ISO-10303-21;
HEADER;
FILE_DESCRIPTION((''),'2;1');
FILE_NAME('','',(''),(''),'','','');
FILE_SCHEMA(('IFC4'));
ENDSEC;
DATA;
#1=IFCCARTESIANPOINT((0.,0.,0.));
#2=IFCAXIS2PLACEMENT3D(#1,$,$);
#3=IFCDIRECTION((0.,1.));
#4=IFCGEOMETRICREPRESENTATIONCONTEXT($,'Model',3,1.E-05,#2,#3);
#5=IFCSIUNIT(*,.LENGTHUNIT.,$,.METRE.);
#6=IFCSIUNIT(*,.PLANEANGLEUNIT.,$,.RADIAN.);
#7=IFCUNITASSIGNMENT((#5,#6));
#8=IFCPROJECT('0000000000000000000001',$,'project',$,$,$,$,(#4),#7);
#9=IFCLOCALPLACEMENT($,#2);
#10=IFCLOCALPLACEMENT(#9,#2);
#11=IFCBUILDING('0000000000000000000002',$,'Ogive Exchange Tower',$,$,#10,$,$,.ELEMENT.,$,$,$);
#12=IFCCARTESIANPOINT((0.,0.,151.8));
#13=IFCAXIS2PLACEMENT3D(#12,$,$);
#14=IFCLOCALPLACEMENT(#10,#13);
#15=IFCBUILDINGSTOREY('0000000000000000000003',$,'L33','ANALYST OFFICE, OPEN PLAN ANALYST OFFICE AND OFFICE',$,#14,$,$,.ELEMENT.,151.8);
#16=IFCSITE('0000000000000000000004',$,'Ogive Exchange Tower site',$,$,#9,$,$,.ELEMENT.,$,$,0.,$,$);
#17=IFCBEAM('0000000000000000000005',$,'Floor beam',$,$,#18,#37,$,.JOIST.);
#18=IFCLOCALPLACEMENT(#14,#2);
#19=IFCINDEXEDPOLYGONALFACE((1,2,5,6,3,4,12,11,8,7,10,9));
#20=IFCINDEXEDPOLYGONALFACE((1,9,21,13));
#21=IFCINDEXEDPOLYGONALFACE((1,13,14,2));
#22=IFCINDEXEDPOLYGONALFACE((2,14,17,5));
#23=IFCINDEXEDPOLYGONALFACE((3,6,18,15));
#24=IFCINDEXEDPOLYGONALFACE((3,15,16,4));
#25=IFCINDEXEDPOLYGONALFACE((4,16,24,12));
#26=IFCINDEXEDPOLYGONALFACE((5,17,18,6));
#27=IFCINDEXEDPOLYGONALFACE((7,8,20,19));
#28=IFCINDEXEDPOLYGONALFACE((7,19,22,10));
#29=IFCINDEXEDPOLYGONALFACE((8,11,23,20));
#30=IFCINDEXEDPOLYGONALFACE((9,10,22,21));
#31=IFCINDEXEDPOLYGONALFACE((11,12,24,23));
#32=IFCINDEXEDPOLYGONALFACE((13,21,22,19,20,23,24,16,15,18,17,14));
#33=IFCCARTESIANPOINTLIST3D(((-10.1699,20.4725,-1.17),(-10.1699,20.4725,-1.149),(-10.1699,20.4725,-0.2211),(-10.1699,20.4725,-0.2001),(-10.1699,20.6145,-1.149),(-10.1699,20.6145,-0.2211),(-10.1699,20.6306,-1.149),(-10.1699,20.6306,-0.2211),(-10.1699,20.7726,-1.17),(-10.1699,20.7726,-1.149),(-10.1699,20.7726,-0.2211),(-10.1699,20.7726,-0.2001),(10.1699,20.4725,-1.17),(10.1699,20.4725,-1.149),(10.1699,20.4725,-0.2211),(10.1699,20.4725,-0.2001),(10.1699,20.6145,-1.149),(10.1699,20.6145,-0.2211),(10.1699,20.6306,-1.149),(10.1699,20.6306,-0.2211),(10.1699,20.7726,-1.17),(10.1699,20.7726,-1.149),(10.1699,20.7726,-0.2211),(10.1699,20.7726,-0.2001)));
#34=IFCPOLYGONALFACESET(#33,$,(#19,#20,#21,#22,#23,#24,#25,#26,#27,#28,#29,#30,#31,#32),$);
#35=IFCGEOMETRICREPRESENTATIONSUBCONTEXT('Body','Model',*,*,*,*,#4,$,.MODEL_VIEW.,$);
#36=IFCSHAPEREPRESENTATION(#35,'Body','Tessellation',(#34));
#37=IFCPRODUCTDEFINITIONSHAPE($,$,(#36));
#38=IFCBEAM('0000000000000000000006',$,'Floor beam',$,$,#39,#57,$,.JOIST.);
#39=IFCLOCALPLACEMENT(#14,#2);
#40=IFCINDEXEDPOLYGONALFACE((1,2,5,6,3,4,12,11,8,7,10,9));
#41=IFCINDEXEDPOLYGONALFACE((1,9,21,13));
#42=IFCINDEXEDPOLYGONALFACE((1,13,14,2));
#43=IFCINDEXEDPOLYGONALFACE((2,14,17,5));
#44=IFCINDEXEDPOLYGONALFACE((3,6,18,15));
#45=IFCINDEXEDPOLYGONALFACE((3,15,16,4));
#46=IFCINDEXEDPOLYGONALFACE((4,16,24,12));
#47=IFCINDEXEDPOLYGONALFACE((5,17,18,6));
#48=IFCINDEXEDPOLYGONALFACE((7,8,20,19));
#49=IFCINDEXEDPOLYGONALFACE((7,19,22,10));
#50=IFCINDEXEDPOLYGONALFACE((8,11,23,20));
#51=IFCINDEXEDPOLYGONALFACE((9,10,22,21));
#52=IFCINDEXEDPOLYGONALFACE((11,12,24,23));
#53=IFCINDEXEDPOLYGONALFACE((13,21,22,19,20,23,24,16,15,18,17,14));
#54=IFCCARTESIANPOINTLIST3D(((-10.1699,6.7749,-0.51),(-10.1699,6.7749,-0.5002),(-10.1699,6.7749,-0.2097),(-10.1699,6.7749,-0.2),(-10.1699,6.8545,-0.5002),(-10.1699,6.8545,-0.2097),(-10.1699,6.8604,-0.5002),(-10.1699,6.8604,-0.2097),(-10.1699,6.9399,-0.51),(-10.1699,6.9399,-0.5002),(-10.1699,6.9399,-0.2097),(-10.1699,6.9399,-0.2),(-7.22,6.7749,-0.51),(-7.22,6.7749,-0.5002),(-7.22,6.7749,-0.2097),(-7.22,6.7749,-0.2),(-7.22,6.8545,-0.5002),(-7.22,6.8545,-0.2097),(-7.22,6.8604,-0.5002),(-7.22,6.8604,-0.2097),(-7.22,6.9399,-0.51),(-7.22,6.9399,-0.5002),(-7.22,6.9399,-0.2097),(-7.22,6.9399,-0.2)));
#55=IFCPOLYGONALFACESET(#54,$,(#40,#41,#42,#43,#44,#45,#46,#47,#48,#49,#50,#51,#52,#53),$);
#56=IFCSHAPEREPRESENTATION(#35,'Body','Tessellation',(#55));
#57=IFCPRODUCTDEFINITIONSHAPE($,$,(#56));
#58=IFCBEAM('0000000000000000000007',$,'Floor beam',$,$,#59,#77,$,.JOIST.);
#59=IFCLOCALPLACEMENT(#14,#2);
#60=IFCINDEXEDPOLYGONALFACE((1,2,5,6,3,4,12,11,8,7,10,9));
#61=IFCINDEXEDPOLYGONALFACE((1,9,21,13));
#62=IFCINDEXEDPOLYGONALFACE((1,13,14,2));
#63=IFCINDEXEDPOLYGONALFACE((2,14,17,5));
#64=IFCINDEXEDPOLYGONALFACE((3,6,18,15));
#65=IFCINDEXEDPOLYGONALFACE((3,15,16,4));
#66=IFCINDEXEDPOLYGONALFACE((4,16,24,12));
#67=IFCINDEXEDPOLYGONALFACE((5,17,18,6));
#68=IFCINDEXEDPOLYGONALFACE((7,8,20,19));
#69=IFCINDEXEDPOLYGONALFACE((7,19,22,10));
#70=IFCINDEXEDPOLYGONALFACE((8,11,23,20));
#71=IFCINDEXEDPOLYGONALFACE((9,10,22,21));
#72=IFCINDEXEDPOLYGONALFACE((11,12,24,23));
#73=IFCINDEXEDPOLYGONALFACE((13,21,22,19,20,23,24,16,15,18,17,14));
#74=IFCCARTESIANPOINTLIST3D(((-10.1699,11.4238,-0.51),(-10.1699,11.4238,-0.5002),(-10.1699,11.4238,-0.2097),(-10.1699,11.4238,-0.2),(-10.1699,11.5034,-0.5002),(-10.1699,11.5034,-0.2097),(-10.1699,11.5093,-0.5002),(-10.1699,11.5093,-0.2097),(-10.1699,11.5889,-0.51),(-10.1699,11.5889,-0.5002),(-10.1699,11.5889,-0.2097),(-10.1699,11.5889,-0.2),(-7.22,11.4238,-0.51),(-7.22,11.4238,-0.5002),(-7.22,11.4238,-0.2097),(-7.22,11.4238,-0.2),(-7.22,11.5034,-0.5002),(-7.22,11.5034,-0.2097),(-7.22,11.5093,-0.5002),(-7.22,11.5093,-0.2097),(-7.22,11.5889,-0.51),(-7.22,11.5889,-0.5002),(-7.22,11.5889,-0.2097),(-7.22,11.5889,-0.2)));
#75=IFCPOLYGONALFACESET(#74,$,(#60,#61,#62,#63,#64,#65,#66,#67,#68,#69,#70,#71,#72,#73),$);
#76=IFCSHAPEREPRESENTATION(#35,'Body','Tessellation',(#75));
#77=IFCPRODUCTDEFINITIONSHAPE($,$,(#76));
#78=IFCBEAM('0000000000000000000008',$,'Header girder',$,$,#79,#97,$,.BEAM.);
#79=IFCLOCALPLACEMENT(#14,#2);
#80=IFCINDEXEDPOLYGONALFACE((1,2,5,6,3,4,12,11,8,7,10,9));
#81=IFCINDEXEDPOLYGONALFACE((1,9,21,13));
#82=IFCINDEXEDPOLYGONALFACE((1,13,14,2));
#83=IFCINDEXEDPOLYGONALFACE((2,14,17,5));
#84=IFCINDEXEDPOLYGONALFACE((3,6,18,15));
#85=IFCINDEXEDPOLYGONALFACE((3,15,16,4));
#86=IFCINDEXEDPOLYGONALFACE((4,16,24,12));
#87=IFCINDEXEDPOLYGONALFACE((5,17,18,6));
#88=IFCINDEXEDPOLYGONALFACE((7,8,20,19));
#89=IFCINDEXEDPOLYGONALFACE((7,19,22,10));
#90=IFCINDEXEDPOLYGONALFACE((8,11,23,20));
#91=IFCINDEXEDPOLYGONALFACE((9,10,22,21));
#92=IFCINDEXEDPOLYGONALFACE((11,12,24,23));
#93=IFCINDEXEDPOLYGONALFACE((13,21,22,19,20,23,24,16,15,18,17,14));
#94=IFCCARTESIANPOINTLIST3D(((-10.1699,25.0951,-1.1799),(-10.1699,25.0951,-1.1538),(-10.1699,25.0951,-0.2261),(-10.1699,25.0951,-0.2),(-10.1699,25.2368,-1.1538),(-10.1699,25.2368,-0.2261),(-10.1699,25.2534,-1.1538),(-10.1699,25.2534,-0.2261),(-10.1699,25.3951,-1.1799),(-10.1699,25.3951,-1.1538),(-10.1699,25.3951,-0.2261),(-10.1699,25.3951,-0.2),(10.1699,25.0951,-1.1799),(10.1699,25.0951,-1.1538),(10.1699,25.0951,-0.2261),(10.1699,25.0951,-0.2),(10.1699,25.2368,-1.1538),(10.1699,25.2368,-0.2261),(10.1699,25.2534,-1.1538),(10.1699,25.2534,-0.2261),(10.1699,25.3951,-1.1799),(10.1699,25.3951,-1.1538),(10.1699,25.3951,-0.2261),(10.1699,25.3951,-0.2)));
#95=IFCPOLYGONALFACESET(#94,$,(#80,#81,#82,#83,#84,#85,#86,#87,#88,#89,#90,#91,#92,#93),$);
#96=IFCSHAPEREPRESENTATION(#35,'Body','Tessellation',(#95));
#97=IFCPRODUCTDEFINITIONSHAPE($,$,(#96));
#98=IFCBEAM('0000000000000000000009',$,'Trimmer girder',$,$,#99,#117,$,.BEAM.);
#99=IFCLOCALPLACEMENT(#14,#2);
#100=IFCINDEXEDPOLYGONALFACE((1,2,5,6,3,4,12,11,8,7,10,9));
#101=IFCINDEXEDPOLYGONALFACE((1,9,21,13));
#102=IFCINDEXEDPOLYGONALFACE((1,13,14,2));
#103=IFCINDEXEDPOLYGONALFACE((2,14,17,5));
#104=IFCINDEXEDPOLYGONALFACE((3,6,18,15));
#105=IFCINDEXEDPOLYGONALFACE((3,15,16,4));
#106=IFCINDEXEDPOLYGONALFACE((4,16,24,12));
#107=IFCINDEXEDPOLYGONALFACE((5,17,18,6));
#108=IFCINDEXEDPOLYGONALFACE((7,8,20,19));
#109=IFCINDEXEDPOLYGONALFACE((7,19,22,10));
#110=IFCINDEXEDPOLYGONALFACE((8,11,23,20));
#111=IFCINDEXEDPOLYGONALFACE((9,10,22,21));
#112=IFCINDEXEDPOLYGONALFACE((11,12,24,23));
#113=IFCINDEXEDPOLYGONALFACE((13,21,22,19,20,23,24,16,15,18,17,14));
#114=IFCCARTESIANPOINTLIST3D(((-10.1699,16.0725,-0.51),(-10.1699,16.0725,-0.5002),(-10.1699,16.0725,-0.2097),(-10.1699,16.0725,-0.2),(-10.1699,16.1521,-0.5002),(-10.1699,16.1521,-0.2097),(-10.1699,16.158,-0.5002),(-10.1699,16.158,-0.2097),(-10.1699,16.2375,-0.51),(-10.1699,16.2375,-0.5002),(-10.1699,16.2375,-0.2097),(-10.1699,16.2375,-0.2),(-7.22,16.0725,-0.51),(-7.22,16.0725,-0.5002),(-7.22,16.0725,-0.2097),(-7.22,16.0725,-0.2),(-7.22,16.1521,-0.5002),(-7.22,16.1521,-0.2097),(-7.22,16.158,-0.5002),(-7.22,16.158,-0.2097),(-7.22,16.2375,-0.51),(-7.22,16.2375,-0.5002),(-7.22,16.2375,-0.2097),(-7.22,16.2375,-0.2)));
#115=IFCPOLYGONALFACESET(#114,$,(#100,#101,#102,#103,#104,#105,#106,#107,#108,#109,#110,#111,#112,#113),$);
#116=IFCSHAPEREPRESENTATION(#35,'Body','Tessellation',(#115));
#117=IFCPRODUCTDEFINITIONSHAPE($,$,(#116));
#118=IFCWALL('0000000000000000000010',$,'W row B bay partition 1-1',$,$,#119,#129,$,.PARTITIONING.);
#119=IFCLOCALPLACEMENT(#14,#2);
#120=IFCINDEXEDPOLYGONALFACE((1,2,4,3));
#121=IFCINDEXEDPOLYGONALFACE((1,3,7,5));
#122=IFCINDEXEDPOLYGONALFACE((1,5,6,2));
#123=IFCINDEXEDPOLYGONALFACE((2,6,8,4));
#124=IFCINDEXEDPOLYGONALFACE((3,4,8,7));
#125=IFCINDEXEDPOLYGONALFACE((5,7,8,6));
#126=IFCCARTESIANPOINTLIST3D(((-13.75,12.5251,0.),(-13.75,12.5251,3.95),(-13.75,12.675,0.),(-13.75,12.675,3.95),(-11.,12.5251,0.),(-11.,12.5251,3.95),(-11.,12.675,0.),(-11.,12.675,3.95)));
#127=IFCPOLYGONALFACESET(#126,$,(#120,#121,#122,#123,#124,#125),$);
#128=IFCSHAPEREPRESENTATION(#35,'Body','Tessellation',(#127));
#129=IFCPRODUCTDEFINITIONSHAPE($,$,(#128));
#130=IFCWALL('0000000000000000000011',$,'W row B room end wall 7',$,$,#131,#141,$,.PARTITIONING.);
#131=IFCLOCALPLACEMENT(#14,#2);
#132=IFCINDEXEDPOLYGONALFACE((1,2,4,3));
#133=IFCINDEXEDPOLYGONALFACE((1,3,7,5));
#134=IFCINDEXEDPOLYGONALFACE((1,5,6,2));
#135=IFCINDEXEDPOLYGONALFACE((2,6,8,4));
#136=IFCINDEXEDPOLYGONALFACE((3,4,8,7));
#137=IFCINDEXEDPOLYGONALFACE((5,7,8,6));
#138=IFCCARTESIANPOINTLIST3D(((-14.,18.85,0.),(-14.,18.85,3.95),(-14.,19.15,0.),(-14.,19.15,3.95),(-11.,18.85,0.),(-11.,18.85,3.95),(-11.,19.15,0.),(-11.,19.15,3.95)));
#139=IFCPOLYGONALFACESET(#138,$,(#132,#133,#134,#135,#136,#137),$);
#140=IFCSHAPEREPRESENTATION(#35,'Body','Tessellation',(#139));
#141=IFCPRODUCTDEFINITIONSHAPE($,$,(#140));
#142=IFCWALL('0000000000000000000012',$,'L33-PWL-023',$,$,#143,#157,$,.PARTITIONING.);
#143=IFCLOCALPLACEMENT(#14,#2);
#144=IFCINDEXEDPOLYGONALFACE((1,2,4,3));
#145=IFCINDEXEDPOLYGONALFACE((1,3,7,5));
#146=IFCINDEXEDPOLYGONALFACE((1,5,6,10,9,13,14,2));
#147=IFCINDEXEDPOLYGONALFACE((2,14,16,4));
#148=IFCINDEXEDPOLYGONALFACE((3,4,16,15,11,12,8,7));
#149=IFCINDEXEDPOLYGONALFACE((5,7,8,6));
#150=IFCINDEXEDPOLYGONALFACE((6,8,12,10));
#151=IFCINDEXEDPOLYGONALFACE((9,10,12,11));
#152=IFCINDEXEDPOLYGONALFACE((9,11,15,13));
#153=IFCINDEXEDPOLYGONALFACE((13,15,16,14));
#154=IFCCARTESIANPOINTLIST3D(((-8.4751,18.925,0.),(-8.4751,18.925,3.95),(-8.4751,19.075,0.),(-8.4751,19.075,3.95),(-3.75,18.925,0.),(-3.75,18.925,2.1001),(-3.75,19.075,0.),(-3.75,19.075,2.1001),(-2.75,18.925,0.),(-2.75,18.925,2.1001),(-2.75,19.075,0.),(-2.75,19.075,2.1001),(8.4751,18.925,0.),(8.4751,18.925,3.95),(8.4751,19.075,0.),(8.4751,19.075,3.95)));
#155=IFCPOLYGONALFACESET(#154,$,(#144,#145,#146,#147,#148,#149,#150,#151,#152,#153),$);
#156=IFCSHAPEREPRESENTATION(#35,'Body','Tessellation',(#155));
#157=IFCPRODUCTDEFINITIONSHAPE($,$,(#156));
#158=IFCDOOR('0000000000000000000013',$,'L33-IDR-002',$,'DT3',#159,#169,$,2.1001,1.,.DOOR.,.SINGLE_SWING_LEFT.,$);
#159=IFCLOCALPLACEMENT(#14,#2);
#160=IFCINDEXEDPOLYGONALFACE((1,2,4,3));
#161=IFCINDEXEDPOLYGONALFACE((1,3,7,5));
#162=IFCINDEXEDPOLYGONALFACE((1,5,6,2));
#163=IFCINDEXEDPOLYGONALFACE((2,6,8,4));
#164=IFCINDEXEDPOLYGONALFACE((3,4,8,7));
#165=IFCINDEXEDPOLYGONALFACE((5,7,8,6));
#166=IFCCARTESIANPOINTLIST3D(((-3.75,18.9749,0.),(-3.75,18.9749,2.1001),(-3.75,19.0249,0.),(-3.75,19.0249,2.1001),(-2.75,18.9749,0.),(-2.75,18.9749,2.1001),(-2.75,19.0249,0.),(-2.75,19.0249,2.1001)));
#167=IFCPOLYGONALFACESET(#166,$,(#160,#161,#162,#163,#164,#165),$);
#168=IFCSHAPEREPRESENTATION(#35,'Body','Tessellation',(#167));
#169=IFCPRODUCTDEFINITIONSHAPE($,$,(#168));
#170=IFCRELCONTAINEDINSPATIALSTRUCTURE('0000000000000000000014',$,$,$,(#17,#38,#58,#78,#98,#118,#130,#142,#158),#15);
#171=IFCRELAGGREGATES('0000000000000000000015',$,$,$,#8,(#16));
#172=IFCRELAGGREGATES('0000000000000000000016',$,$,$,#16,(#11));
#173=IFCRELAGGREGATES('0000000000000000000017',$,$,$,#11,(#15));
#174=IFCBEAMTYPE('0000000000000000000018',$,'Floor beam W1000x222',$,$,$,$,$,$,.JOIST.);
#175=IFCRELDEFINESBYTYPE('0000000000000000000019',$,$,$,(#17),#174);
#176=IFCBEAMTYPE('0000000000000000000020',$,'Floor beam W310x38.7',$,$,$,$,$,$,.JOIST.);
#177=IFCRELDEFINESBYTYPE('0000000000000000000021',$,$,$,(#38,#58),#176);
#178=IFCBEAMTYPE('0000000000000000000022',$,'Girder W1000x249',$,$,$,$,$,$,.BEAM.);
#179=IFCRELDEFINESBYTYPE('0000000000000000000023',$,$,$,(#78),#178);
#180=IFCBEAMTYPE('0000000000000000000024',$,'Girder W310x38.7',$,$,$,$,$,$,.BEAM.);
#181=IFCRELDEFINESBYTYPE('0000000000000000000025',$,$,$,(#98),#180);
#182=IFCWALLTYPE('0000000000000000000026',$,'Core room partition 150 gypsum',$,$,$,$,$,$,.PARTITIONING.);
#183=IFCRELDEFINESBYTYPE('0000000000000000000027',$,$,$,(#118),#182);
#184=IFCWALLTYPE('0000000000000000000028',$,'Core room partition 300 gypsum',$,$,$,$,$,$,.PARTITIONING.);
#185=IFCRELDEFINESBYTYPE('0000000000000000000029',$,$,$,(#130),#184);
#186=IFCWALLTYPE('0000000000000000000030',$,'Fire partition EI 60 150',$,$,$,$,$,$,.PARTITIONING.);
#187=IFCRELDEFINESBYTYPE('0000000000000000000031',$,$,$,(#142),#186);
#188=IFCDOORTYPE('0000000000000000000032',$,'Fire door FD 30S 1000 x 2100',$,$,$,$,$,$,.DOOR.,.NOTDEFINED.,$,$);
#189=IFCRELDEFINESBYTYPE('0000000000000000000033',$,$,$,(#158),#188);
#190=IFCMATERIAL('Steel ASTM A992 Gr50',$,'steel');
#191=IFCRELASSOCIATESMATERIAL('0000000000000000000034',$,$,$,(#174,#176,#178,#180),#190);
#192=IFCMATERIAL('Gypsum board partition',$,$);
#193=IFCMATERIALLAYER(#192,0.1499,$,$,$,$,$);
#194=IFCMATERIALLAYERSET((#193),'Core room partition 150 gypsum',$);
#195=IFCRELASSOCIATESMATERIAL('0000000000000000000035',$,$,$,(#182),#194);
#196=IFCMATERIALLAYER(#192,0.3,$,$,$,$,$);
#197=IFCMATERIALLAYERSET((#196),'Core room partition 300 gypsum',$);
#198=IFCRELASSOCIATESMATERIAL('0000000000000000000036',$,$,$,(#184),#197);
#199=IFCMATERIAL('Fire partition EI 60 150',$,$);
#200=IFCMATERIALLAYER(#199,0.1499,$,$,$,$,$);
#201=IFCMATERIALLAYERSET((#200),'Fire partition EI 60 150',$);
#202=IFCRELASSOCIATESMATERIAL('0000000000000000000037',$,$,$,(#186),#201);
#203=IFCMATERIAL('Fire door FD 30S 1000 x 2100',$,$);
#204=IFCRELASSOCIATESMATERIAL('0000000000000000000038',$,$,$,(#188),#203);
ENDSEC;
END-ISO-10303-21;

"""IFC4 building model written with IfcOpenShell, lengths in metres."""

from ifc_helpers import new_model, si_unit, direction, frame, frame_2d, origin, origin_2d, place, context, subcontext, project, spatial, rectangle, i_section, extrude, material, layer, layer_set, material_profile, profile_set, type_object, element, fill, save


model = new_model("IFC4")

# Units and contexts
model_context = context("Model", 3, precision=1e-05, world=origin(), true_north=direction((0.0, 1.0)))
body_context = subcontext(model_context, "Body", "Model", "MODEL_VIEW")
ifc_project = project(units=[si_unit("LENGTHUNIT", "METRE"), si_unit("PLANEANGLEUNIT", "RADIAN")], contexts=[model_context])

# Site, building, storey
site_placement = place(None, origin())
site = spatial("IfcSite", under=ifc_project, at=site_placement, Name="Ogive Exchange Tower site", CompositionType="ELEMENT", RefElevation=0.0)
building_placement = place(site_placement, origin())
building = spatial("IfcBuilding", under=site, at=building_placement, Name="Ogive Exchange Tower", CompositionType="ELEMENT")
storey_placement = place(building_placement, frame((0.0, 0.0, 151.8)))
storey = spatial("IfcBuildingStorey", under=building, at=storey_placement, Name="L33", Description="ANALYST OFFICE, OPEN PLAN ANALYST OFFICE AND OFFICE", CompositionType="ELEMENT", Elevation=151.8)

# Beams
ifc_material_1 = material(Name="Steel ASTM A992 Gr50", Category="steel")
ifc_material_profile_1 = material_profile(ifc_material_1, i_section(OverallWidth=0.3, OverallDepth=0.97, WebThickness=0.0161, FlangeThickness=0.021, at=origin_2d()), Name="W1000x222")
ifc_profile_set_1 = profile_set([ifc_material_profile_1], Name="Steel ASTM A992 Gr50")
beam_type_1 = type_object("IfcBeamType", Name="Floor beam W1000x222", PredefinedType="JOIST", material=ifc_profile_set_1)
beam_1_placement = place(storey_placement, frame((-10.1699, 20.6226, -0.6851), z_axis=(1.0, 0.0, 0.0), x_axis=(0.0, 1.0, 0.0)))
element("IfcBeam", 1, at=beam_1_placement, inside=storey, type_object=beam_type_1, Name="Floor beam", PredefinedType="JOIST", context=body_context, shape_type="SweptSolid", body=[
    extrude(i_section(OverallWidth=0.3, OverallDepth=0.97, WebThickness=0.0161, FlangeThickness=0.021, at=origin_2d()), origin(), (0.0, 0.0, 1.0), 20.3398),
])
ifc_material_profile_2 = material_profile(ifc_material_1, i_section(OverallWidth=0.165, OverallDepth=0.3101, WebThickness=0.0059, FlangeThickness=0.0098, at=origin_2d()), Name="W310x38.7")
ifc_profile_set_2 = profile_set([ifc_material_profile_2], Name="Steel ASTM A992 Gr50")
beam_type_2 = type_object("IfcBeamType", Name="Floor beam W310x38.7", PredefinedType="JOIST", material=ifc_profile_set_2)
for number, where, z_axis, x_axis, name in (
    (2, (-10.1699, 6.8574, -0.355), (1.0, 0.0, 0.0), (0.0, 1.0, 0.0), "Floor beam"),
    (3, (-10.1699, 11.5063, -0.355), (1.0, 0.0, 0.0), (0.0, 1.0, 0.0), "Floor beam"),
):
    element("IfcBeam", number, at=place(storey_placement, frame(where, z_axis=z_axis, x_axis=x_axis)), inside=storey, type_object=beam_type_2, Name=name, PredefinedType="JOIST", context=body_context, shape_type="SweptSolid", body=[
        extrude(i_section(OverallWidth=0.165, OverallDepth=0.3101, WebThickness=0.0059, FlangeThickness=0.0098, at=origin_2d()), origin(), (0.0, 0.0, 1.0), 2.95),
    ])
ifc_material_profile_3 = material_profile(ifc_material_1, i_section(OverallWidth=0.3, OverallDepth=0.98, WebThickness=0.0166, FlangeThickness=0.0261, at=origin_2d()), Name="W1000x249")
ifc_profile_set_3 = profile_set([ifc_material_profile_3], Name="Steel ASTM A992 Gr50")
beam_type_3 = type_object("IfcBeamType", Name="Girder W1000x249", PredefinedType="BEAM", material=ifc_profile_set_3)
beam_2_placement = place(storey_placement, frame((-10.1699, 25.2451, -0.6899), z_axis=(1.0, 0.0, 0.0), x_axis=(0.0, 1.0, 0.0)))
element("IfcBeam", 4, at=beam_2_placement, inside=storey, type_object=beam_type_3, Name="Header girder", PredefinedType="BEAM", context=body_context, shape_type="SweptSolid", body=[
    extrude(i_section(OverallWidth=0.3, OverallDepth=0.98, WebThickness=0.0166, FlangeThickness=0.0261, at=origin_2d()), origin(), (0.0, 0.0, 1.0), 20.3398),
])
ifc_material_profile_4 = material_profile(ifc_material_1, i_section(OverallWidth=0.165, OverallDepth=0.3101, WebThickness=0.0059, FlangeThickness=0.0098, at=origin_2d()), Name="W310x38.7")
ifc_profile_set_4 = profile_set([ifc_material_profile_4], Name="Steel ASTM A992 Gr50")
beam_type_4 = type_object("IfcBeamType", Name="Girder W310x38.7", PredefinedType="BEAM", material=ifc_profile_set_4)
beam_3_placement = place(storey_placement, frame((-10.1699, 16.155, -0.355), z_axis=(1.0, 0.0, 0.0), x_axis=(0.0, 1.0, 0.0)))
element("IfcBeam", 5, at=beam_3_placement, inside=storey, type_object=beam_type_4, Name="Trimmer girder", PredefinedType="BEAM", context=body_context, shape_type="SweptSolid", body=[
    extrude(i_section(OverallWidth=0.165, OverallDepth=0.3101, WebThickness=0.0059, FlangeThickness=0.0098, at=origin_2d()), origin(), (0.0, 0.0, 1.0), 2.95),
])

# Walls
ifc_material_2 = material(Name="Gypsum board partition")
ifc_layer_1 = layer(ifc_material_2, 0.1499)
ifc_layer_set_1 = layer_set([ifc_layer_1], Name="Core room partition 150 gypsum")
wall_type_1 = type_object("IfcWallType", Name="Core room partition 150 gypsum", PredefinedType="PARTITIONING", material=ifc_layer_set_1)
wall_1_placement = place(storey_placement, frame((-13.75, 12.6001, 0.0), z_axis=(0.0, 0.0, 1.0), x_axis=(1.0, 0.0, 0.0)))
element("IfcWall", 6, at=wall_1_placement, inside=storey, type_object=wall_type_1, Name="W row B bay partition 1-1", PredefinedType="PARTITIONING", context=body_context, shape_type="SweptSolid", body=[
    extrude(rectangle(XDim=2.75, YDim=0.1499, at=frame_2d((1.375, 0.0))), origin(), (0.0, 0.0, 1.0), 3.95),
])
ifc_layer_2 = layer(ifc_material_2, 0.3)
ifc_layer_set_2 = layer_set([ifc_layer_2], Name="Core room partition 300 gypsum")
wall_type_2 = type_object("IfcWallType", Name="Core room partition 300 gypsum", PredefinedType="PARTITIONING", material=ifc_layer_set_2)
wall_2_placement = place(storey_placement, frame((-14.0, 19.0, 0.0), z_axis=(0.0, 0.0, 1.0), x_axis=(1.0, 0.0, 0.0)))
element("IfcWall", 7, at=wall_2_placement, inside=storey, type_object=wall_type_2, Name="W row B room end wall 7", PredefinedType="PARTITIONING", context=body_context, shape_type="SweptSolid", body=[
    extrude(rectangle(XDim=3.0, YDim=0.3, at=frame_2d((1.5, 0.0))), origin(), (0.0, 0.0, 1.0), 3.95),
])

# Wall, opening, door
ifc_material_3 = material(Name="Fire partition EI 60 150")
ifc_layer_3 = layer(ifc_material_3, 0.1499)
ifc_layer_set_3 = layer_set([ifc_layer_3], Name="Fire partition EI 60 150")
wall_type_3 = type_object("IfcWallType", Name="Fire partition EI 60 150", PredefinedType="PARTITIONING", material=ifc_layer_set_3)
wall_3_placement = place(storey_placement, frame((-8.4751, 19.0, 0.0), z_axis=(0.0, 0.0, 1.0), x_axis=(1.0, 0.0, 0.0)))
wall_3 = element("IfcWall", 8, at=wall_3_placement, inside=storey, type_object=wall_type_3, Name="L33-PWL-023", PredefinedType="PARTITIONING", context=body_context, shape_type="SweptSolid", body=[
    extrude(rectangle(XDim=16.9502, YDim=0.1499, at=frame_2d((8.4751, 0.0))), origin(), (0.0, 0.0, 1.0), 3.95),
])
opening_1_placement = place(wall_3_placement, frame((4.7251, 0.0, 0.0)))
opening_1 = element("IfcOpeningElement", 9, at=opening_1_placement, cuts=wall_3, PredefinedType="OPENING", context=body_context, shape_type="SweptSolid", body=[
    extrude(rectangle(XDim=1.0, YDim=2.1001, at=frame_2d((0.5, 1.05))), frame((0.0, 0.085, 0.0), z_axis=(0.0, -1.0, 0.0), x_axis=(1.0, 0.0, 0.0)), (0.0, 0.0, 1.0), 0.1699),
])
ifc_material_4 = material(Name="Fire door FD 30S 1000 x 2100")
door_type_1 = type_object("IfcDoorType", Name="Fire door FD 30S 1000 x 2100", OperationType="NOTDEFINED", PredefinedType="DOOR", material=ifc_material_4)
door_1_placement = place(opening_1_placement, origin())
door_1 = element("IfcDoor", 10, at=door_1_placement, inside=storey, type_object=door_type_1, Name="L33-IDR-002", ObjectType="DT3", OperationType="SINGLE_SWING_LEFT", OverallHeight=2.1001, OverallWidth=1.0, PredefinedType="DOOR", context=body_context, shape_type="SweptSolid", body=[
    extrude(rectangle(XDim=1.0, YDim=2.1001, at=frame_2d((0.5, 1.05))), frame((0.0, 0.0249, 0.0), z_axis=(0.0, -1.0, 0.0), x_axis=(1.0, 0.0, 0.0)), (0.0, 0.0, 1.0), 0.05),
])
fill(opening_1, door_1)

save(model, "model.ifc")
